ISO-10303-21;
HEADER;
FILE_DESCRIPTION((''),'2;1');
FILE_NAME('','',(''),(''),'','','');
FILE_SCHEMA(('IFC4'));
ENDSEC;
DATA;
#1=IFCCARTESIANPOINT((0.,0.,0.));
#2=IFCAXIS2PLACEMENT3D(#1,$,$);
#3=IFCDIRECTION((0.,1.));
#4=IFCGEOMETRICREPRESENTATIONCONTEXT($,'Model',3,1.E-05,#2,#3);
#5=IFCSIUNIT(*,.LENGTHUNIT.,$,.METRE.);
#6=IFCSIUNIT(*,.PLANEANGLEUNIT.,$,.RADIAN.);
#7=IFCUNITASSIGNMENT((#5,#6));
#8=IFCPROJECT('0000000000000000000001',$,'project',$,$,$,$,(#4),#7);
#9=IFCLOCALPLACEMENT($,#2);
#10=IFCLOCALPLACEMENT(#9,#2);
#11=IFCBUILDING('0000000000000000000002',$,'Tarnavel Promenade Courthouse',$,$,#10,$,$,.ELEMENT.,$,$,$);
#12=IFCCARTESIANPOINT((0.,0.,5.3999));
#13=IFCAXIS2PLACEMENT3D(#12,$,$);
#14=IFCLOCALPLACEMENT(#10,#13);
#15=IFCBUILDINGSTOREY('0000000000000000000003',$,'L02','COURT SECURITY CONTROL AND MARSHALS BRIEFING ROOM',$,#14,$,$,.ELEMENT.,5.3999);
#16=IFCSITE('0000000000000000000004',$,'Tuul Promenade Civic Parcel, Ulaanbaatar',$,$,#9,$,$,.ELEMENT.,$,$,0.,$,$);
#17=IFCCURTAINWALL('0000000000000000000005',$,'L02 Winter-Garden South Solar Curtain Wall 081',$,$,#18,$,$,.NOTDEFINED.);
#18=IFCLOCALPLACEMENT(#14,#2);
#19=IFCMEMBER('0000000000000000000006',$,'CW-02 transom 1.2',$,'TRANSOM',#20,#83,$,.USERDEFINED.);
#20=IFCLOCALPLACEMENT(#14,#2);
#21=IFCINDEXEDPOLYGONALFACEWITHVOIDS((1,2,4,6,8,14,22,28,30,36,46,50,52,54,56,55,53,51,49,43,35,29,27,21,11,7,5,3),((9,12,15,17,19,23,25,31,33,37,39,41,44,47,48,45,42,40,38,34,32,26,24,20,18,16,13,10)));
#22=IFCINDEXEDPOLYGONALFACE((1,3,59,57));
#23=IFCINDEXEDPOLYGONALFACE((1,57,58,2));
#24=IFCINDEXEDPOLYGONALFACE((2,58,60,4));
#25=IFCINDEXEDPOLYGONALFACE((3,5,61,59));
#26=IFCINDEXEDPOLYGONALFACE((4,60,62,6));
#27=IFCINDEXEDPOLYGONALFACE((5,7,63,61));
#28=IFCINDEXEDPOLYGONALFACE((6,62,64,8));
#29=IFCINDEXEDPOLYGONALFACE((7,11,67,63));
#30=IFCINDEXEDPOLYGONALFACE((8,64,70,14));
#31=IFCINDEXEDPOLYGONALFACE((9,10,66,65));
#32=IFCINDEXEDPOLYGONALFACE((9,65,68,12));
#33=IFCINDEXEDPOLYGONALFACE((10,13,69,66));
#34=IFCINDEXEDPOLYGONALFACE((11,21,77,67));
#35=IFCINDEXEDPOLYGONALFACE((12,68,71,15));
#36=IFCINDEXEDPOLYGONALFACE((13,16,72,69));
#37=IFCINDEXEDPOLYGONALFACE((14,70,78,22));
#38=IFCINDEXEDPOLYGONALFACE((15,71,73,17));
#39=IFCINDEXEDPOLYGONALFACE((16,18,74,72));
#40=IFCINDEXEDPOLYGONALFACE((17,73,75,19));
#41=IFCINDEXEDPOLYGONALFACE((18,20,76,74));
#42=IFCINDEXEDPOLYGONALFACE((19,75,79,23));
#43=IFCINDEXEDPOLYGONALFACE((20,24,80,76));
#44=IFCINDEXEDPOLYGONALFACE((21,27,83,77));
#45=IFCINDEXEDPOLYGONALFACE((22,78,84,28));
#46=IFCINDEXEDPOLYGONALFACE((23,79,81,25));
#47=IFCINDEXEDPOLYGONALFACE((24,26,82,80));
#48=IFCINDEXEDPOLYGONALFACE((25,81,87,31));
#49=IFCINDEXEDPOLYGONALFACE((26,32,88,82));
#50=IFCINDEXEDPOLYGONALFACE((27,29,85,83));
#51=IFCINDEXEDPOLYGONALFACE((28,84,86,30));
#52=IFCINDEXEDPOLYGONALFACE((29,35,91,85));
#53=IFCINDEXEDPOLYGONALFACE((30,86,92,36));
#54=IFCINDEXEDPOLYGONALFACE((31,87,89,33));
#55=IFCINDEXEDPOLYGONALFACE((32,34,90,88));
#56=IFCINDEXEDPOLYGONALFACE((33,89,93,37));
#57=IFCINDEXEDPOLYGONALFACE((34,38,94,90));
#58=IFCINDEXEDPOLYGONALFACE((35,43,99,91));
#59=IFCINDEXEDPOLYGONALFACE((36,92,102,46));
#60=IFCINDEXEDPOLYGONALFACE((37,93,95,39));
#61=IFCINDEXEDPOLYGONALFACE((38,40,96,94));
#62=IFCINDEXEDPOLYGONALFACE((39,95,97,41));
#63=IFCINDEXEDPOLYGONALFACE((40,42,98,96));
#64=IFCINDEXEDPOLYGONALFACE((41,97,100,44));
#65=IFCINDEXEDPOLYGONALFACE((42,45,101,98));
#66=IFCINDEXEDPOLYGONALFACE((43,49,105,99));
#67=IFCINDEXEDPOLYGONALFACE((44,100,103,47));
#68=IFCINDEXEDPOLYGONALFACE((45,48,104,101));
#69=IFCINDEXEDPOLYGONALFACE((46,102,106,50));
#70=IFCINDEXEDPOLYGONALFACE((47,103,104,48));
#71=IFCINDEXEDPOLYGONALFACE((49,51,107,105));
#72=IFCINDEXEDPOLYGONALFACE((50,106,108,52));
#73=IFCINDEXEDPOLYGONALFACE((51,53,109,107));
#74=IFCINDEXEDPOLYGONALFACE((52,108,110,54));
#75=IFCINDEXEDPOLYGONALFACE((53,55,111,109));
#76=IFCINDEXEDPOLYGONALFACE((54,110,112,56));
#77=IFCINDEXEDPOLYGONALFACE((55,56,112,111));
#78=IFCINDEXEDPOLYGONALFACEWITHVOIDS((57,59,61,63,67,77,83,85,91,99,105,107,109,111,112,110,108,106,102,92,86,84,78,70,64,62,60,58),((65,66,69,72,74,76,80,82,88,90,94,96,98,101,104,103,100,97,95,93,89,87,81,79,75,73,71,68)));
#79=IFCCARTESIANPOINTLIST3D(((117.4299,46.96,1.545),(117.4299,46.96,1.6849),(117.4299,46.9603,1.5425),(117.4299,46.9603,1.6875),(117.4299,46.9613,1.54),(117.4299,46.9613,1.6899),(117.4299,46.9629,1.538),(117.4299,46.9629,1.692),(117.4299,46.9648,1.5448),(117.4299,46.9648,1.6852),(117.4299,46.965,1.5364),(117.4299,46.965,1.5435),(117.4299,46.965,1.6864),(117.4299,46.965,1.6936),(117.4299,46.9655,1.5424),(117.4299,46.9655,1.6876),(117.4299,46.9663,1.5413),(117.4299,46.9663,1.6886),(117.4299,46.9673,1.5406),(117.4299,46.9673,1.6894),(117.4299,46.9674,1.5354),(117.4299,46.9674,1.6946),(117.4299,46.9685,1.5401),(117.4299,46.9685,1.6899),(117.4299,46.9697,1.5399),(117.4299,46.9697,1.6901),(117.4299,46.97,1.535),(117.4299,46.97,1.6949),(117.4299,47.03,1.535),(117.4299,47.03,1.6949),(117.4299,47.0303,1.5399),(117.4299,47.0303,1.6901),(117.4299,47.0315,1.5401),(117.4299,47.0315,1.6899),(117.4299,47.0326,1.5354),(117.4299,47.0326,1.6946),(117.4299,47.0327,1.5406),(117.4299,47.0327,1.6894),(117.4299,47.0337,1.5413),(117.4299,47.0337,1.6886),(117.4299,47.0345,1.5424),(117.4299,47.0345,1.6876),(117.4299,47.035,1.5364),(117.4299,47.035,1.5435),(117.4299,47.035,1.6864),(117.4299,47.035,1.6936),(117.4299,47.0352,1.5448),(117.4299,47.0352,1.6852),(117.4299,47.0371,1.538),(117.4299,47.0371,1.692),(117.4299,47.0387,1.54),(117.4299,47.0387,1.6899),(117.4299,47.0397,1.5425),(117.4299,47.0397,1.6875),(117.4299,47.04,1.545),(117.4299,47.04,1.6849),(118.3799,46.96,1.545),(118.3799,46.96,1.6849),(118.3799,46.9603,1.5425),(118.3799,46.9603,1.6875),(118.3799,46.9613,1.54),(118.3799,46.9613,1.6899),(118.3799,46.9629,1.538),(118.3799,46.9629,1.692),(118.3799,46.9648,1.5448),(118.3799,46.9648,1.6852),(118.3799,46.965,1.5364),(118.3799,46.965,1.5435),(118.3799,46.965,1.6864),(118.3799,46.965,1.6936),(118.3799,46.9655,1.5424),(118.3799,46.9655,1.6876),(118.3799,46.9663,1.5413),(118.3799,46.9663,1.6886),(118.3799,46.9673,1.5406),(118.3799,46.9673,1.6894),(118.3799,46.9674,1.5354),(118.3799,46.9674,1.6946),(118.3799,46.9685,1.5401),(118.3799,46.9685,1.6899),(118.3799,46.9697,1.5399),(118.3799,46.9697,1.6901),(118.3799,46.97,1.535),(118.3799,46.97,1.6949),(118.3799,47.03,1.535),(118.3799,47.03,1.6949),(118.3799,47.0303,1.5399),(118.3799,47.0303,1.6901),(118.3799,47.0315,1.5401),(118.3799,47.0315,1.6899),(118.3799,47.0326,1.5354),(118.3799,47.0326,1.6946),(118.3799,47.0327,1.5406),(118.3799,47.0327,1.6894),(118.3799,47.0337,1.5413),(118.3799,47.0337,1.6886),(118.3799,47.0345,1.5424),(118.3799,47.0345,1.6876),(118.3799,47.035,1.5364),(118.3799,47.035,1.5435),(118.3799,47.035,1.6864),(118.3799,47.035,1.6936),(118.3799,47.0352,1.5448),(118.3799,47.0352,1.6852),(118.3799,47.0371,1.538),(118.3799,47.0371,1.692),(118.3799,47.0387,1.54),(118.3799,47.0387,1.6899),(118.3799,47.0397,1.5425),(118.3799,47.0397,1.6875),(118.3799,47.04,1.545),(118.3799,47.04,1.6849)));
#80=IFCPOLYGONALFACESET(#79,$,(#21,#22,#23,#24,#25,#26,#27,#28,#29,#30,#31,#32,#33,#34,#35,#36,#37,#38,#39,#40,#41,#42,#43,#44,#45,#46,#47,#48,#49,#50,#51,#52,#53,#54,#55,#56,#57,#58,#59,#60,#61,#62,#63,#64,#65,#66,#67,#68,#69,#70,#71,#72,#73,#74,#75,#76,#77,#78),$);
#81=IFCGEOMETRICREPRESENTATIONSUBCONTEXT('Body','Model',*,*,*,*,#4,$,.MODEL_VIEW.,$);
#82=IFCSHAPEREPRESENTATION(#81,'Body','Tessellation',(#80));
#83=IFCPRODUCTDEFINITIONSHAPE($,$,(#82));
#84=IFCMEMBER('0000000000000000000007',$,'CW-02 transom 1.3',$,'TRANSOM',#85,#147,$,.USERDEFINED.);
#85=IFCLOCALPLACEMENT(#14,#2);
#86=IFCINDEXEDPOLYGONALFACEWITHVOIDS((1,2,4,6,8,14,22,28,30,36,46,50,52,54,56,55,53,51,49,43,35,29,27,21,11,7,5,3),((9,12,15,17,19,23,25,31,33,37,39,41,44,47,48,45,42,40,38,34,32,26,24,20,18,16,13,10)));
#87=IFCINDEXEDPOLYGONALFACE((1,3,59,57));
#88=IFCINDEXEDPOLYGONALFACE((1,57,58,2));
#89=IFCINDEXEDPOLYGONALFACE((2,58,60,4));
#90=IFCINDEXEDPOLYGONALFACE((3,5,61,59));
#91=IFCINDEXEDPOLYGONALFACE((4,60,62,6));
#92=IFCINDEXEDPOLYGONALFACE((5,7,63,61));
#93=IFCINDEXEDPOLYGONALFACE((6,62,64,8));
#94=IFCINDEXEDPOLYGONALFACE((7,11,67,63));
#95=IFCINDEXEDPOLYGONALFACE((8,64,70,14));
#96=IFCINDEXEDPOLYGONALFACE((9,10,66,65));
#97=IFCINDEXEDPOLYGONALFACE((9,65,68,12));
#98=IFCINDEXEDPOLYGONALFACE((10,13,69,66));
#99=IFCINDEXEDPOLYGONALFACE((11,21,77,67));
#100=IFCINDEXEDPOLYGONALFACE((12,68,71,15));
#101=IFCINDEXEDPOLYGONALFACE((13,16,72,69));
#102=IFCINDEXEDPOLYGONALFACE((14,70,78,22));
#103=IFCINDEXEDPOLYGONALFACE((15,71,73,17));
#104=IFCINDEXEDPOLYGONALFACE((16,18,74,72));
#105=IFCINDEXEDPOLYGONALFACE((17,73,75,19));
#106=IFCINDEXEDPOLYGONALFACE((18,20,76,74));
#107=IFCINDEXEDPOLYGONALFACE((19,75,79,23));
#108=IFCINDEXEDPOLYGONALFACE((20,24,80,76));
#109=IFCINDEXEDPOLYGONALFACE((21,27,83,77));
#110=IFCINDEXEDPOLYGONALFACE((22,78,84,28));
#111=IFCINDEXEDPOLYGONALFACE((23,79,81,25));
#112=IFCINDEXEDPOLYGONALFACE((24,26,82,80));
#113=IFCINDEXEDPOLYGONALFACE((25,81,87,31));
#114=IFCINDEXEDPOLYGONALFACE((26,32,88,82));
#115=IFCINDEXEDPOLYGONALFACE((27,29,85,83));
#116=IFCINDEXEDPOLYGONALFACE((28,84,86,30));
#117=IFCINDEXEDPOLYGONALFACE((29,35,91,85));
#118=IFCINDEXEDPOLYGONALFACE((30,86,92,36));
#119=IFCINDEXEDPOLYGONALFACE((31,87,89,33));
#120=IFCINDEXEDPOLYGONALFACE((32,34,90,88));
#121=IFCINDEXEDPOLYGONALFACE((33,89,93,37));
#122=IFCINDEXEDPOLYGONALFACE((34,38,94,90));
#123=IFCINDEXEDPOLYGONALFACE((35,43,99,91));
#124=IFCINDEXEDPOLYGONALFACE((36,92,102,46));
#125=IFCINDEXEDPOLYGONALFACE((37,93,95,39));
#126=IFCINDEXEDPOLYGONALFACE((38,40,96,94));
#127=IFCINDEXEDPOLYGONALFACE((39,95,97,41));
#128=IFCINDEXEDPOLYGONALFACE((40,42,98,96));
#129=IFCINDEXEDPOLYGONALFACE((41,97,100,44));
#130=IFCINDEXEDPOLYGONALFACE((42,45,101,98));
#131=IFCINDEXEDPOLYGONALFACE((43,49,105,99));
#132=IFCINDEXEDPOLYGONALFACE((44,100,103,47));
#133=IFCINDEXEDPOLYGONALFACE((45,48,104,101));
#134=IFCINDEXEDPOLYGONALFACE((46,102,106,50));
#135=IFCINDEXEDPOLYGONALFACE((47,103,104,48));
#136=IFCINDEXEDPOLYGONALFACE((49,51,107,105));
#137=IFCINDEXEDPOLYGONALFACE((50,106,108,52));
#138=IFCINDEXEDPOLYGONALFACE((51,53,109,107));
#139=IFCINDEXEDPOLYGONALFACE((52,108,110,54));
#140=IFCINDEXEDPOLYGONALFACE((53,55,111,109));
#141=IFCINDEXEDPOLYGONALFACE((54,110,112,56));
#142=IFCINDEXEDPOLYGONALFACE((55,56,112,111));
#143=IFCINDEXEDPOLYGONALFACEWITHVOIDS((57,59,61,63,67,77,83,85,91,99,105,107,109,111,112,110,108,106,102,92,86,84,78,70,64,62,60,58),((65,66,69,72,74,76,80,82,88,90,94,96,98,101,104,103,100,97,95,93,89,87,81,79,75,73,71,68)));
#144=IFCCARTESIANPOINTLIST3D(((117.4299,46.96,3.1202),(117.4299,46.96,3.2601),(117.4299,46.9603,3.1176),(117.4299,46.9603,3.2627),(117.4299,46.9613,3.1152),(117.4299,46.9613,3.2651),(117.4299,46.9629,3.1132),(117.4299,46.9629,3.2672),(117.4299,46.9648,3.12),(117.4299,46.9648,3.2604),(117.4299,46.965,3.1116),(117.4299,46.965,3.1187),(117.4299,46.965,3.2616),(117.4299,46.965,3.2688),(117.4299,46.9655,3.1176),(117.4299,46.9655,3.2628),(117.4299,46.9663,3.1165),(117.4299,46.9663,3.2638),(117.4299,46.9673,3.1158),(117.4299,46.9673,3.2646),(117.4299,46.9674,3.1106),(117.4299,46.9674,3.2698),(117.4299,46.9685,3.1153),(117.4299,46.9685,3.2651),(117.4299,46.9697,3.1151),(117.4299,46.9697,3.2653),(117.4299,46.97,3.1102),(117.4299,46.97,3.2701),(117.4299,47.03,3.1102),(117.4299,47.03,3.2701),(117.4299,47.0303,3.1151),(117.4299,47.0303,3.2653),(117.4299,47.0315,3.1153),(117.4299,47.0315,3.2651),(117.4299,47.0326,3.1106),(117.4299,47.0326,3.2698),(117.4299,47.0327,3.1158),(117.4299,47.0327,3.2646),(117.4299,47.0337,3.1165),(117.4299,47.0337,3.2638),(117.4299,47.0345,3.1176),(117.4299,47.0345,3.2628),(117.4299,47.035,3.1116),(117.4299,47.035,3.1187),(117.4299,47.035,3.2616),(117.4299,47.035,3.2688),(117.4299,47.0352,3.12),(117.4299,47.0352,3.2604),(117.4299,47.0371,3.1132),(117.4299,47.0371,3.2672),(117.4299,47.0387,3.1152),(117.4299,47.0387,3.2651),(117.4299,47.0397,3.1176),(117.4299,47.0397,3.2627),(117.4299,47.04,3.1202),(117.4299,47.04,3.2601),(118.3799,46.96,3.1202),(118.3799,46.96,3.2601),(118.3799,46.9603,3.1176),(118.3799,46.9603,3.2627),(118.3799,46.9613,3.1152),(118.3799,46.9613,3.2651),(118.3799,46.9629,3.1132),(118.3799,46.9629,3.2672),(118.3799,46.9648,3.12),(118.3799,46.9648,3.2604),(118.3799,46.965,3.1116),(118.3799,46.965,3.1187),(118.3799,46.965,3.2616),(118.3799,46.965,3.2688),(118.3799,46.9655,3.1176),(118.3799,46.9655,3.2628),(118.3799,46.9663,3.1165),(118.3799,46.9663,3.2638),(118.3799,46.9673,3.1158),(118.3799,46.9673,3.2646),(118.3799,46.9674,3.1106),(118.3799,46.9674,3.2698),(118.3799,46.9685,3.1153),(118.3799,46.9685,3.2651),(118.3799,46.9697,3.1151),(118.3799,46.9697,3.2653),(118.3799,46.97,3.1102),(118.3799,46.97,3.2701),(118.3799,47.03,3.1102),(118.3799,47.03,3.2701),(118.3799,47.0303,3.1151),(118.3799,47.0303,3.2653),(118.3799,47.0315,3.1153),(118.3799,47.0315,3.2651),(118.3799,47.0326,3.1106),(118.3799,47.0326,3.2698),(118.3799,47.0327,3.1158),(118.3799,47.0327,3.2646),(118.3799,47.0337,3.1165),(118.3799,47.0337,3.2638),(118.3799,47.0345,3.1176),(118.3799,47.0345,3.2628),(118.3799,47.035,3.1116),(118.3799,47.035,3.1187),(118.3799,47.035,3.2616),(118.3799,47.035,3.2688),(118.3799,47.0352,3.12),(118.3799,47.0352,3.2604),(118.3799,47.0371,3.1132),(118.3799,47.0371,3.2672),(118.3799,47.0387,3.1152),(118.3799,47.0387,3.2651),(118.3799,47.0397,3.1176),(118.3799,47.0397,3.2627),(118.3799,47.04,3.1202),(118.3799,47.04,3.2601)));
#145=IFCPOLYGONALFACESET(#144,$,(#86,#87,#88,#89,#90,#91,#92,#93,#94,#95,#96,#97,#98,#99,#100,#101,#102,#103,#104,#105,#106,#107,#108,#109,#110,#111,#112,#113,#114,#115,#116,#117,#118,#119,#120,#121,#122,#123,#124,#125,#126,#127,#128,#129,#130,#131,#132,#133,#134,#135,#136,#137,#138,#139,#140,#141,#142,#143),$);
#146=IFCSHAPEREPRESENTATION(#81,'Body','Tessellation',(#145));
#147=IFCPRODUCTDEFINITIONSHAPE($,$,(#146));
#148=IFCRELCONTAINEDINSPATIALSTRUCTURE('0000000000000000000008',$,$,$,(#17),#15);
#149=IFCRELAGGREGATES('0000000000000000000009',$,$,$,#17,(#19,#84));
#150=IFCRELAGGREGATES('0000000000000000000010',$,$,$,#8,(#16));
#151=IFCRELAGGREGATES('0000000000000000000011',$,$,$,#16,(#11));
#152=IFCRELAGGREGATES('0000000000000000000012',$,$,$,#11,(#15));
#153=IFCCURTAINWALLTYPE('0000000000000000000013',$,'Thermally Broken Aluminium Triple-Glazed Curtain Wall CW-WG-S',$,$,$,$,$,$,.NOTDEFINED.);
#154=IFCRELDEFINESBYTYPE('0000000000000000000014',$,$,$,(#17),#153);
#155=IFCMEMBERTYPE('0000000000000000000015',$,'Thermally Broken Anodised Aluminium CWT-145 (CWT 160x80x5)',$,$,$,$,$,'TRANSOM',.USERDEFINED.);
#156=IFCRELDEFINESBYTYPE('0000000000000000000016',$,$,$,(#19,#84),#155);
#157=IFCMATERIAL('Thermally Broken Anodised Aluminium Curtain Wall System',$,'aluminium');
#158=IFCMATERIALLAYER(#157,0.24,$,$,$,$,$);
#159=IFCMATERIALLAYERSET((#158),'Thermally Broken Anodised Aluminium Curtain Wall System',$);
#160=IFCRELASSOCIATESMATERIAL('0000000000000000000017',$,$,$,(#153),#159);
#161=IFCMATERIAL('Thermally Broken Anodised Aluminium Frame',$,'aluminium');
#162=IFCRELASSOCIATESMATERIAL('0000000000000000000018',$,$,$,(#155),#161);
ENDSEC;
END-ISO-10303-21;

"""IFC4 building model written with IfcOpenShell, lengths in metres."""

from ifc_helpers import new_model, si_unit, direction, frame, origin, origin_2d, place, context, subcontext, project, spatial, hollow_rectangle, extrude, material, layer, layer_set, material_profile, profile_set, type_object, element, aggregate, save


model = new_model("IFC4")

# Units and contexts
model_context = context("Model", 3, precision=1e-05, world=origin(), true_north=direction((0.0, 1.0)))
body_context = subcontext(model_context, "Body", "Model", "MODEL_VIEW")
ifc_project = project(units=[si_unit("LENGTHUNIT", "METRE"), si_unit("PLANEANGLEUNIT", "RADIAN")], contexts=[model_context])

# Site, building, storey
site_placement = place(None, origin())
site = spatial("IfcSite", under=ifc_project, at=site_placement, Name="Tuul Promenade Civic Parcel, Ulaanbaatar", CompositionType="ELEMENT", RefElevation=0.0)
building_placement = place(site_placement, origin())
building = spatial("IfcBuilding", under=site, at=building_placement, Name="Tarnavel Promenade Courthouse", CompositionType="ELEMENT")
storey_placement = place(building_placement, frame((0.0, 0.0, 5.3999)))
storey = spatial("IfcBuildingStorey", under=building, at=storey_placement, Name="L02", Description="COURT SECURITY CONTROL AND MARSHALS BRIEFING ROOM", CompositionType="ELEMENT", Elevation=5.3999)

# Curtain wall
ifc_material_1 = material(Name="Thermally Broken Anodised Aluminium Curtain Wall System", Category="aluminium")
ifc_layer_1 = layer(ifc_material_1, 0.24)
ifc_layer_set_1 = layer_set([ifc_layer_1], Name="Thermally Broken Anodised Aluminium Curtain Wall System")
curtain_wall_type = type_object("IfcCurtainWallType", Name="Thermally Broken Aluminium Triple-Glazed Curtain Wall CW-WG-S", PredefinedType="NOTDEFINED", material=ifc_layer_set_1)
ifc_material_2 = material(Name="Thermally Broken Anodised Aluminium Frame", Category="aluminium")
curtain_wall_1_placement = place(storey_placement, origin())
curtain_wall_1 = element("IfcCurtainWall", 1, at=curtain_wall_1_placement, inside=storey, type_object=curtain_wall_type, Name="L02 Winter-Garden South Solar Curtain Wall 081", PredefinedType="NOTDEFINED")

# Members
ifc_material_profile_1 = material_profile(ifc_material_2, hollow_rectangle(XDim=0.0801, YDim=0.1599, WallThickness=0.0049, InnerFilletRadius=0.0049, OuterFilletRadius=0.01, at=origin_2d()), Name="CWT 160x80x5")
ifc_profile_set_1 = profile_set([ifc_material_profile_1], Name="Thermally Broken Anodised Aluminium Frame")
member_type_1 = type_object("IfcMemberType", Name="Thermally Broken Anodised Aluminium CWT-145 (CWT 160x80x5)", ElementType="TRANSOM", PredefinedType="USERDEFINED", material=ifc_profile_set_1)
member_1_placement = place(storey_placement, frame((117.4299, 47.0, 1.615), z_axis=(1.0, 0.0, 0.0), x_axis=(0.0, 1.0, 0.0)))
member_1 = element("IfcMember", 2, at=member_1_placement, type_object=member_type_1, Name="CW-02 transom 1.2", ObjectType="TRANSOM", PredefinedType="USERDEFINED", context=body_context, shape_type="SweptSolid", body=[
    extrude(hollow_rectangle(XDim=0.0801, YDim=0.1599, WallThickness=0.0049, InnerFilletRadius=0.0049, OuterFilletRadius=0.01, at=origin_2d()), origin(), (0.0, 0.0, 1.0), 0.95),
])
member_2_placement = place(storey_placement, frame((117.4299, 47.0, 3.1902), z_axis=(1.0, 0.0, 0.0), x_axis=(0.0, 1.0, 0.0)))
member_2 = element("IfcMember", 3, at=member_2_placement, type_object=member_type_1, Name="CW-02 transom 1.3", ObjectType="TRANSOM", PredefinedType="USERDEFINED", context=body_context, shape_type="SweptSolid", body=[
    extrude(hollow_rectangle(XDim=0.0801, YDim=0.1599, WallThickness=0.0049, InnerFilletRadius=0.0049, OuterFilletRadius=0.01, at=origin_2d()), origin(), (0.0, 0.0, 1.0), 0.95),
])

aggregate(curtain_wall_1, [member_1, member_2])

save(model, "model.ifc")
